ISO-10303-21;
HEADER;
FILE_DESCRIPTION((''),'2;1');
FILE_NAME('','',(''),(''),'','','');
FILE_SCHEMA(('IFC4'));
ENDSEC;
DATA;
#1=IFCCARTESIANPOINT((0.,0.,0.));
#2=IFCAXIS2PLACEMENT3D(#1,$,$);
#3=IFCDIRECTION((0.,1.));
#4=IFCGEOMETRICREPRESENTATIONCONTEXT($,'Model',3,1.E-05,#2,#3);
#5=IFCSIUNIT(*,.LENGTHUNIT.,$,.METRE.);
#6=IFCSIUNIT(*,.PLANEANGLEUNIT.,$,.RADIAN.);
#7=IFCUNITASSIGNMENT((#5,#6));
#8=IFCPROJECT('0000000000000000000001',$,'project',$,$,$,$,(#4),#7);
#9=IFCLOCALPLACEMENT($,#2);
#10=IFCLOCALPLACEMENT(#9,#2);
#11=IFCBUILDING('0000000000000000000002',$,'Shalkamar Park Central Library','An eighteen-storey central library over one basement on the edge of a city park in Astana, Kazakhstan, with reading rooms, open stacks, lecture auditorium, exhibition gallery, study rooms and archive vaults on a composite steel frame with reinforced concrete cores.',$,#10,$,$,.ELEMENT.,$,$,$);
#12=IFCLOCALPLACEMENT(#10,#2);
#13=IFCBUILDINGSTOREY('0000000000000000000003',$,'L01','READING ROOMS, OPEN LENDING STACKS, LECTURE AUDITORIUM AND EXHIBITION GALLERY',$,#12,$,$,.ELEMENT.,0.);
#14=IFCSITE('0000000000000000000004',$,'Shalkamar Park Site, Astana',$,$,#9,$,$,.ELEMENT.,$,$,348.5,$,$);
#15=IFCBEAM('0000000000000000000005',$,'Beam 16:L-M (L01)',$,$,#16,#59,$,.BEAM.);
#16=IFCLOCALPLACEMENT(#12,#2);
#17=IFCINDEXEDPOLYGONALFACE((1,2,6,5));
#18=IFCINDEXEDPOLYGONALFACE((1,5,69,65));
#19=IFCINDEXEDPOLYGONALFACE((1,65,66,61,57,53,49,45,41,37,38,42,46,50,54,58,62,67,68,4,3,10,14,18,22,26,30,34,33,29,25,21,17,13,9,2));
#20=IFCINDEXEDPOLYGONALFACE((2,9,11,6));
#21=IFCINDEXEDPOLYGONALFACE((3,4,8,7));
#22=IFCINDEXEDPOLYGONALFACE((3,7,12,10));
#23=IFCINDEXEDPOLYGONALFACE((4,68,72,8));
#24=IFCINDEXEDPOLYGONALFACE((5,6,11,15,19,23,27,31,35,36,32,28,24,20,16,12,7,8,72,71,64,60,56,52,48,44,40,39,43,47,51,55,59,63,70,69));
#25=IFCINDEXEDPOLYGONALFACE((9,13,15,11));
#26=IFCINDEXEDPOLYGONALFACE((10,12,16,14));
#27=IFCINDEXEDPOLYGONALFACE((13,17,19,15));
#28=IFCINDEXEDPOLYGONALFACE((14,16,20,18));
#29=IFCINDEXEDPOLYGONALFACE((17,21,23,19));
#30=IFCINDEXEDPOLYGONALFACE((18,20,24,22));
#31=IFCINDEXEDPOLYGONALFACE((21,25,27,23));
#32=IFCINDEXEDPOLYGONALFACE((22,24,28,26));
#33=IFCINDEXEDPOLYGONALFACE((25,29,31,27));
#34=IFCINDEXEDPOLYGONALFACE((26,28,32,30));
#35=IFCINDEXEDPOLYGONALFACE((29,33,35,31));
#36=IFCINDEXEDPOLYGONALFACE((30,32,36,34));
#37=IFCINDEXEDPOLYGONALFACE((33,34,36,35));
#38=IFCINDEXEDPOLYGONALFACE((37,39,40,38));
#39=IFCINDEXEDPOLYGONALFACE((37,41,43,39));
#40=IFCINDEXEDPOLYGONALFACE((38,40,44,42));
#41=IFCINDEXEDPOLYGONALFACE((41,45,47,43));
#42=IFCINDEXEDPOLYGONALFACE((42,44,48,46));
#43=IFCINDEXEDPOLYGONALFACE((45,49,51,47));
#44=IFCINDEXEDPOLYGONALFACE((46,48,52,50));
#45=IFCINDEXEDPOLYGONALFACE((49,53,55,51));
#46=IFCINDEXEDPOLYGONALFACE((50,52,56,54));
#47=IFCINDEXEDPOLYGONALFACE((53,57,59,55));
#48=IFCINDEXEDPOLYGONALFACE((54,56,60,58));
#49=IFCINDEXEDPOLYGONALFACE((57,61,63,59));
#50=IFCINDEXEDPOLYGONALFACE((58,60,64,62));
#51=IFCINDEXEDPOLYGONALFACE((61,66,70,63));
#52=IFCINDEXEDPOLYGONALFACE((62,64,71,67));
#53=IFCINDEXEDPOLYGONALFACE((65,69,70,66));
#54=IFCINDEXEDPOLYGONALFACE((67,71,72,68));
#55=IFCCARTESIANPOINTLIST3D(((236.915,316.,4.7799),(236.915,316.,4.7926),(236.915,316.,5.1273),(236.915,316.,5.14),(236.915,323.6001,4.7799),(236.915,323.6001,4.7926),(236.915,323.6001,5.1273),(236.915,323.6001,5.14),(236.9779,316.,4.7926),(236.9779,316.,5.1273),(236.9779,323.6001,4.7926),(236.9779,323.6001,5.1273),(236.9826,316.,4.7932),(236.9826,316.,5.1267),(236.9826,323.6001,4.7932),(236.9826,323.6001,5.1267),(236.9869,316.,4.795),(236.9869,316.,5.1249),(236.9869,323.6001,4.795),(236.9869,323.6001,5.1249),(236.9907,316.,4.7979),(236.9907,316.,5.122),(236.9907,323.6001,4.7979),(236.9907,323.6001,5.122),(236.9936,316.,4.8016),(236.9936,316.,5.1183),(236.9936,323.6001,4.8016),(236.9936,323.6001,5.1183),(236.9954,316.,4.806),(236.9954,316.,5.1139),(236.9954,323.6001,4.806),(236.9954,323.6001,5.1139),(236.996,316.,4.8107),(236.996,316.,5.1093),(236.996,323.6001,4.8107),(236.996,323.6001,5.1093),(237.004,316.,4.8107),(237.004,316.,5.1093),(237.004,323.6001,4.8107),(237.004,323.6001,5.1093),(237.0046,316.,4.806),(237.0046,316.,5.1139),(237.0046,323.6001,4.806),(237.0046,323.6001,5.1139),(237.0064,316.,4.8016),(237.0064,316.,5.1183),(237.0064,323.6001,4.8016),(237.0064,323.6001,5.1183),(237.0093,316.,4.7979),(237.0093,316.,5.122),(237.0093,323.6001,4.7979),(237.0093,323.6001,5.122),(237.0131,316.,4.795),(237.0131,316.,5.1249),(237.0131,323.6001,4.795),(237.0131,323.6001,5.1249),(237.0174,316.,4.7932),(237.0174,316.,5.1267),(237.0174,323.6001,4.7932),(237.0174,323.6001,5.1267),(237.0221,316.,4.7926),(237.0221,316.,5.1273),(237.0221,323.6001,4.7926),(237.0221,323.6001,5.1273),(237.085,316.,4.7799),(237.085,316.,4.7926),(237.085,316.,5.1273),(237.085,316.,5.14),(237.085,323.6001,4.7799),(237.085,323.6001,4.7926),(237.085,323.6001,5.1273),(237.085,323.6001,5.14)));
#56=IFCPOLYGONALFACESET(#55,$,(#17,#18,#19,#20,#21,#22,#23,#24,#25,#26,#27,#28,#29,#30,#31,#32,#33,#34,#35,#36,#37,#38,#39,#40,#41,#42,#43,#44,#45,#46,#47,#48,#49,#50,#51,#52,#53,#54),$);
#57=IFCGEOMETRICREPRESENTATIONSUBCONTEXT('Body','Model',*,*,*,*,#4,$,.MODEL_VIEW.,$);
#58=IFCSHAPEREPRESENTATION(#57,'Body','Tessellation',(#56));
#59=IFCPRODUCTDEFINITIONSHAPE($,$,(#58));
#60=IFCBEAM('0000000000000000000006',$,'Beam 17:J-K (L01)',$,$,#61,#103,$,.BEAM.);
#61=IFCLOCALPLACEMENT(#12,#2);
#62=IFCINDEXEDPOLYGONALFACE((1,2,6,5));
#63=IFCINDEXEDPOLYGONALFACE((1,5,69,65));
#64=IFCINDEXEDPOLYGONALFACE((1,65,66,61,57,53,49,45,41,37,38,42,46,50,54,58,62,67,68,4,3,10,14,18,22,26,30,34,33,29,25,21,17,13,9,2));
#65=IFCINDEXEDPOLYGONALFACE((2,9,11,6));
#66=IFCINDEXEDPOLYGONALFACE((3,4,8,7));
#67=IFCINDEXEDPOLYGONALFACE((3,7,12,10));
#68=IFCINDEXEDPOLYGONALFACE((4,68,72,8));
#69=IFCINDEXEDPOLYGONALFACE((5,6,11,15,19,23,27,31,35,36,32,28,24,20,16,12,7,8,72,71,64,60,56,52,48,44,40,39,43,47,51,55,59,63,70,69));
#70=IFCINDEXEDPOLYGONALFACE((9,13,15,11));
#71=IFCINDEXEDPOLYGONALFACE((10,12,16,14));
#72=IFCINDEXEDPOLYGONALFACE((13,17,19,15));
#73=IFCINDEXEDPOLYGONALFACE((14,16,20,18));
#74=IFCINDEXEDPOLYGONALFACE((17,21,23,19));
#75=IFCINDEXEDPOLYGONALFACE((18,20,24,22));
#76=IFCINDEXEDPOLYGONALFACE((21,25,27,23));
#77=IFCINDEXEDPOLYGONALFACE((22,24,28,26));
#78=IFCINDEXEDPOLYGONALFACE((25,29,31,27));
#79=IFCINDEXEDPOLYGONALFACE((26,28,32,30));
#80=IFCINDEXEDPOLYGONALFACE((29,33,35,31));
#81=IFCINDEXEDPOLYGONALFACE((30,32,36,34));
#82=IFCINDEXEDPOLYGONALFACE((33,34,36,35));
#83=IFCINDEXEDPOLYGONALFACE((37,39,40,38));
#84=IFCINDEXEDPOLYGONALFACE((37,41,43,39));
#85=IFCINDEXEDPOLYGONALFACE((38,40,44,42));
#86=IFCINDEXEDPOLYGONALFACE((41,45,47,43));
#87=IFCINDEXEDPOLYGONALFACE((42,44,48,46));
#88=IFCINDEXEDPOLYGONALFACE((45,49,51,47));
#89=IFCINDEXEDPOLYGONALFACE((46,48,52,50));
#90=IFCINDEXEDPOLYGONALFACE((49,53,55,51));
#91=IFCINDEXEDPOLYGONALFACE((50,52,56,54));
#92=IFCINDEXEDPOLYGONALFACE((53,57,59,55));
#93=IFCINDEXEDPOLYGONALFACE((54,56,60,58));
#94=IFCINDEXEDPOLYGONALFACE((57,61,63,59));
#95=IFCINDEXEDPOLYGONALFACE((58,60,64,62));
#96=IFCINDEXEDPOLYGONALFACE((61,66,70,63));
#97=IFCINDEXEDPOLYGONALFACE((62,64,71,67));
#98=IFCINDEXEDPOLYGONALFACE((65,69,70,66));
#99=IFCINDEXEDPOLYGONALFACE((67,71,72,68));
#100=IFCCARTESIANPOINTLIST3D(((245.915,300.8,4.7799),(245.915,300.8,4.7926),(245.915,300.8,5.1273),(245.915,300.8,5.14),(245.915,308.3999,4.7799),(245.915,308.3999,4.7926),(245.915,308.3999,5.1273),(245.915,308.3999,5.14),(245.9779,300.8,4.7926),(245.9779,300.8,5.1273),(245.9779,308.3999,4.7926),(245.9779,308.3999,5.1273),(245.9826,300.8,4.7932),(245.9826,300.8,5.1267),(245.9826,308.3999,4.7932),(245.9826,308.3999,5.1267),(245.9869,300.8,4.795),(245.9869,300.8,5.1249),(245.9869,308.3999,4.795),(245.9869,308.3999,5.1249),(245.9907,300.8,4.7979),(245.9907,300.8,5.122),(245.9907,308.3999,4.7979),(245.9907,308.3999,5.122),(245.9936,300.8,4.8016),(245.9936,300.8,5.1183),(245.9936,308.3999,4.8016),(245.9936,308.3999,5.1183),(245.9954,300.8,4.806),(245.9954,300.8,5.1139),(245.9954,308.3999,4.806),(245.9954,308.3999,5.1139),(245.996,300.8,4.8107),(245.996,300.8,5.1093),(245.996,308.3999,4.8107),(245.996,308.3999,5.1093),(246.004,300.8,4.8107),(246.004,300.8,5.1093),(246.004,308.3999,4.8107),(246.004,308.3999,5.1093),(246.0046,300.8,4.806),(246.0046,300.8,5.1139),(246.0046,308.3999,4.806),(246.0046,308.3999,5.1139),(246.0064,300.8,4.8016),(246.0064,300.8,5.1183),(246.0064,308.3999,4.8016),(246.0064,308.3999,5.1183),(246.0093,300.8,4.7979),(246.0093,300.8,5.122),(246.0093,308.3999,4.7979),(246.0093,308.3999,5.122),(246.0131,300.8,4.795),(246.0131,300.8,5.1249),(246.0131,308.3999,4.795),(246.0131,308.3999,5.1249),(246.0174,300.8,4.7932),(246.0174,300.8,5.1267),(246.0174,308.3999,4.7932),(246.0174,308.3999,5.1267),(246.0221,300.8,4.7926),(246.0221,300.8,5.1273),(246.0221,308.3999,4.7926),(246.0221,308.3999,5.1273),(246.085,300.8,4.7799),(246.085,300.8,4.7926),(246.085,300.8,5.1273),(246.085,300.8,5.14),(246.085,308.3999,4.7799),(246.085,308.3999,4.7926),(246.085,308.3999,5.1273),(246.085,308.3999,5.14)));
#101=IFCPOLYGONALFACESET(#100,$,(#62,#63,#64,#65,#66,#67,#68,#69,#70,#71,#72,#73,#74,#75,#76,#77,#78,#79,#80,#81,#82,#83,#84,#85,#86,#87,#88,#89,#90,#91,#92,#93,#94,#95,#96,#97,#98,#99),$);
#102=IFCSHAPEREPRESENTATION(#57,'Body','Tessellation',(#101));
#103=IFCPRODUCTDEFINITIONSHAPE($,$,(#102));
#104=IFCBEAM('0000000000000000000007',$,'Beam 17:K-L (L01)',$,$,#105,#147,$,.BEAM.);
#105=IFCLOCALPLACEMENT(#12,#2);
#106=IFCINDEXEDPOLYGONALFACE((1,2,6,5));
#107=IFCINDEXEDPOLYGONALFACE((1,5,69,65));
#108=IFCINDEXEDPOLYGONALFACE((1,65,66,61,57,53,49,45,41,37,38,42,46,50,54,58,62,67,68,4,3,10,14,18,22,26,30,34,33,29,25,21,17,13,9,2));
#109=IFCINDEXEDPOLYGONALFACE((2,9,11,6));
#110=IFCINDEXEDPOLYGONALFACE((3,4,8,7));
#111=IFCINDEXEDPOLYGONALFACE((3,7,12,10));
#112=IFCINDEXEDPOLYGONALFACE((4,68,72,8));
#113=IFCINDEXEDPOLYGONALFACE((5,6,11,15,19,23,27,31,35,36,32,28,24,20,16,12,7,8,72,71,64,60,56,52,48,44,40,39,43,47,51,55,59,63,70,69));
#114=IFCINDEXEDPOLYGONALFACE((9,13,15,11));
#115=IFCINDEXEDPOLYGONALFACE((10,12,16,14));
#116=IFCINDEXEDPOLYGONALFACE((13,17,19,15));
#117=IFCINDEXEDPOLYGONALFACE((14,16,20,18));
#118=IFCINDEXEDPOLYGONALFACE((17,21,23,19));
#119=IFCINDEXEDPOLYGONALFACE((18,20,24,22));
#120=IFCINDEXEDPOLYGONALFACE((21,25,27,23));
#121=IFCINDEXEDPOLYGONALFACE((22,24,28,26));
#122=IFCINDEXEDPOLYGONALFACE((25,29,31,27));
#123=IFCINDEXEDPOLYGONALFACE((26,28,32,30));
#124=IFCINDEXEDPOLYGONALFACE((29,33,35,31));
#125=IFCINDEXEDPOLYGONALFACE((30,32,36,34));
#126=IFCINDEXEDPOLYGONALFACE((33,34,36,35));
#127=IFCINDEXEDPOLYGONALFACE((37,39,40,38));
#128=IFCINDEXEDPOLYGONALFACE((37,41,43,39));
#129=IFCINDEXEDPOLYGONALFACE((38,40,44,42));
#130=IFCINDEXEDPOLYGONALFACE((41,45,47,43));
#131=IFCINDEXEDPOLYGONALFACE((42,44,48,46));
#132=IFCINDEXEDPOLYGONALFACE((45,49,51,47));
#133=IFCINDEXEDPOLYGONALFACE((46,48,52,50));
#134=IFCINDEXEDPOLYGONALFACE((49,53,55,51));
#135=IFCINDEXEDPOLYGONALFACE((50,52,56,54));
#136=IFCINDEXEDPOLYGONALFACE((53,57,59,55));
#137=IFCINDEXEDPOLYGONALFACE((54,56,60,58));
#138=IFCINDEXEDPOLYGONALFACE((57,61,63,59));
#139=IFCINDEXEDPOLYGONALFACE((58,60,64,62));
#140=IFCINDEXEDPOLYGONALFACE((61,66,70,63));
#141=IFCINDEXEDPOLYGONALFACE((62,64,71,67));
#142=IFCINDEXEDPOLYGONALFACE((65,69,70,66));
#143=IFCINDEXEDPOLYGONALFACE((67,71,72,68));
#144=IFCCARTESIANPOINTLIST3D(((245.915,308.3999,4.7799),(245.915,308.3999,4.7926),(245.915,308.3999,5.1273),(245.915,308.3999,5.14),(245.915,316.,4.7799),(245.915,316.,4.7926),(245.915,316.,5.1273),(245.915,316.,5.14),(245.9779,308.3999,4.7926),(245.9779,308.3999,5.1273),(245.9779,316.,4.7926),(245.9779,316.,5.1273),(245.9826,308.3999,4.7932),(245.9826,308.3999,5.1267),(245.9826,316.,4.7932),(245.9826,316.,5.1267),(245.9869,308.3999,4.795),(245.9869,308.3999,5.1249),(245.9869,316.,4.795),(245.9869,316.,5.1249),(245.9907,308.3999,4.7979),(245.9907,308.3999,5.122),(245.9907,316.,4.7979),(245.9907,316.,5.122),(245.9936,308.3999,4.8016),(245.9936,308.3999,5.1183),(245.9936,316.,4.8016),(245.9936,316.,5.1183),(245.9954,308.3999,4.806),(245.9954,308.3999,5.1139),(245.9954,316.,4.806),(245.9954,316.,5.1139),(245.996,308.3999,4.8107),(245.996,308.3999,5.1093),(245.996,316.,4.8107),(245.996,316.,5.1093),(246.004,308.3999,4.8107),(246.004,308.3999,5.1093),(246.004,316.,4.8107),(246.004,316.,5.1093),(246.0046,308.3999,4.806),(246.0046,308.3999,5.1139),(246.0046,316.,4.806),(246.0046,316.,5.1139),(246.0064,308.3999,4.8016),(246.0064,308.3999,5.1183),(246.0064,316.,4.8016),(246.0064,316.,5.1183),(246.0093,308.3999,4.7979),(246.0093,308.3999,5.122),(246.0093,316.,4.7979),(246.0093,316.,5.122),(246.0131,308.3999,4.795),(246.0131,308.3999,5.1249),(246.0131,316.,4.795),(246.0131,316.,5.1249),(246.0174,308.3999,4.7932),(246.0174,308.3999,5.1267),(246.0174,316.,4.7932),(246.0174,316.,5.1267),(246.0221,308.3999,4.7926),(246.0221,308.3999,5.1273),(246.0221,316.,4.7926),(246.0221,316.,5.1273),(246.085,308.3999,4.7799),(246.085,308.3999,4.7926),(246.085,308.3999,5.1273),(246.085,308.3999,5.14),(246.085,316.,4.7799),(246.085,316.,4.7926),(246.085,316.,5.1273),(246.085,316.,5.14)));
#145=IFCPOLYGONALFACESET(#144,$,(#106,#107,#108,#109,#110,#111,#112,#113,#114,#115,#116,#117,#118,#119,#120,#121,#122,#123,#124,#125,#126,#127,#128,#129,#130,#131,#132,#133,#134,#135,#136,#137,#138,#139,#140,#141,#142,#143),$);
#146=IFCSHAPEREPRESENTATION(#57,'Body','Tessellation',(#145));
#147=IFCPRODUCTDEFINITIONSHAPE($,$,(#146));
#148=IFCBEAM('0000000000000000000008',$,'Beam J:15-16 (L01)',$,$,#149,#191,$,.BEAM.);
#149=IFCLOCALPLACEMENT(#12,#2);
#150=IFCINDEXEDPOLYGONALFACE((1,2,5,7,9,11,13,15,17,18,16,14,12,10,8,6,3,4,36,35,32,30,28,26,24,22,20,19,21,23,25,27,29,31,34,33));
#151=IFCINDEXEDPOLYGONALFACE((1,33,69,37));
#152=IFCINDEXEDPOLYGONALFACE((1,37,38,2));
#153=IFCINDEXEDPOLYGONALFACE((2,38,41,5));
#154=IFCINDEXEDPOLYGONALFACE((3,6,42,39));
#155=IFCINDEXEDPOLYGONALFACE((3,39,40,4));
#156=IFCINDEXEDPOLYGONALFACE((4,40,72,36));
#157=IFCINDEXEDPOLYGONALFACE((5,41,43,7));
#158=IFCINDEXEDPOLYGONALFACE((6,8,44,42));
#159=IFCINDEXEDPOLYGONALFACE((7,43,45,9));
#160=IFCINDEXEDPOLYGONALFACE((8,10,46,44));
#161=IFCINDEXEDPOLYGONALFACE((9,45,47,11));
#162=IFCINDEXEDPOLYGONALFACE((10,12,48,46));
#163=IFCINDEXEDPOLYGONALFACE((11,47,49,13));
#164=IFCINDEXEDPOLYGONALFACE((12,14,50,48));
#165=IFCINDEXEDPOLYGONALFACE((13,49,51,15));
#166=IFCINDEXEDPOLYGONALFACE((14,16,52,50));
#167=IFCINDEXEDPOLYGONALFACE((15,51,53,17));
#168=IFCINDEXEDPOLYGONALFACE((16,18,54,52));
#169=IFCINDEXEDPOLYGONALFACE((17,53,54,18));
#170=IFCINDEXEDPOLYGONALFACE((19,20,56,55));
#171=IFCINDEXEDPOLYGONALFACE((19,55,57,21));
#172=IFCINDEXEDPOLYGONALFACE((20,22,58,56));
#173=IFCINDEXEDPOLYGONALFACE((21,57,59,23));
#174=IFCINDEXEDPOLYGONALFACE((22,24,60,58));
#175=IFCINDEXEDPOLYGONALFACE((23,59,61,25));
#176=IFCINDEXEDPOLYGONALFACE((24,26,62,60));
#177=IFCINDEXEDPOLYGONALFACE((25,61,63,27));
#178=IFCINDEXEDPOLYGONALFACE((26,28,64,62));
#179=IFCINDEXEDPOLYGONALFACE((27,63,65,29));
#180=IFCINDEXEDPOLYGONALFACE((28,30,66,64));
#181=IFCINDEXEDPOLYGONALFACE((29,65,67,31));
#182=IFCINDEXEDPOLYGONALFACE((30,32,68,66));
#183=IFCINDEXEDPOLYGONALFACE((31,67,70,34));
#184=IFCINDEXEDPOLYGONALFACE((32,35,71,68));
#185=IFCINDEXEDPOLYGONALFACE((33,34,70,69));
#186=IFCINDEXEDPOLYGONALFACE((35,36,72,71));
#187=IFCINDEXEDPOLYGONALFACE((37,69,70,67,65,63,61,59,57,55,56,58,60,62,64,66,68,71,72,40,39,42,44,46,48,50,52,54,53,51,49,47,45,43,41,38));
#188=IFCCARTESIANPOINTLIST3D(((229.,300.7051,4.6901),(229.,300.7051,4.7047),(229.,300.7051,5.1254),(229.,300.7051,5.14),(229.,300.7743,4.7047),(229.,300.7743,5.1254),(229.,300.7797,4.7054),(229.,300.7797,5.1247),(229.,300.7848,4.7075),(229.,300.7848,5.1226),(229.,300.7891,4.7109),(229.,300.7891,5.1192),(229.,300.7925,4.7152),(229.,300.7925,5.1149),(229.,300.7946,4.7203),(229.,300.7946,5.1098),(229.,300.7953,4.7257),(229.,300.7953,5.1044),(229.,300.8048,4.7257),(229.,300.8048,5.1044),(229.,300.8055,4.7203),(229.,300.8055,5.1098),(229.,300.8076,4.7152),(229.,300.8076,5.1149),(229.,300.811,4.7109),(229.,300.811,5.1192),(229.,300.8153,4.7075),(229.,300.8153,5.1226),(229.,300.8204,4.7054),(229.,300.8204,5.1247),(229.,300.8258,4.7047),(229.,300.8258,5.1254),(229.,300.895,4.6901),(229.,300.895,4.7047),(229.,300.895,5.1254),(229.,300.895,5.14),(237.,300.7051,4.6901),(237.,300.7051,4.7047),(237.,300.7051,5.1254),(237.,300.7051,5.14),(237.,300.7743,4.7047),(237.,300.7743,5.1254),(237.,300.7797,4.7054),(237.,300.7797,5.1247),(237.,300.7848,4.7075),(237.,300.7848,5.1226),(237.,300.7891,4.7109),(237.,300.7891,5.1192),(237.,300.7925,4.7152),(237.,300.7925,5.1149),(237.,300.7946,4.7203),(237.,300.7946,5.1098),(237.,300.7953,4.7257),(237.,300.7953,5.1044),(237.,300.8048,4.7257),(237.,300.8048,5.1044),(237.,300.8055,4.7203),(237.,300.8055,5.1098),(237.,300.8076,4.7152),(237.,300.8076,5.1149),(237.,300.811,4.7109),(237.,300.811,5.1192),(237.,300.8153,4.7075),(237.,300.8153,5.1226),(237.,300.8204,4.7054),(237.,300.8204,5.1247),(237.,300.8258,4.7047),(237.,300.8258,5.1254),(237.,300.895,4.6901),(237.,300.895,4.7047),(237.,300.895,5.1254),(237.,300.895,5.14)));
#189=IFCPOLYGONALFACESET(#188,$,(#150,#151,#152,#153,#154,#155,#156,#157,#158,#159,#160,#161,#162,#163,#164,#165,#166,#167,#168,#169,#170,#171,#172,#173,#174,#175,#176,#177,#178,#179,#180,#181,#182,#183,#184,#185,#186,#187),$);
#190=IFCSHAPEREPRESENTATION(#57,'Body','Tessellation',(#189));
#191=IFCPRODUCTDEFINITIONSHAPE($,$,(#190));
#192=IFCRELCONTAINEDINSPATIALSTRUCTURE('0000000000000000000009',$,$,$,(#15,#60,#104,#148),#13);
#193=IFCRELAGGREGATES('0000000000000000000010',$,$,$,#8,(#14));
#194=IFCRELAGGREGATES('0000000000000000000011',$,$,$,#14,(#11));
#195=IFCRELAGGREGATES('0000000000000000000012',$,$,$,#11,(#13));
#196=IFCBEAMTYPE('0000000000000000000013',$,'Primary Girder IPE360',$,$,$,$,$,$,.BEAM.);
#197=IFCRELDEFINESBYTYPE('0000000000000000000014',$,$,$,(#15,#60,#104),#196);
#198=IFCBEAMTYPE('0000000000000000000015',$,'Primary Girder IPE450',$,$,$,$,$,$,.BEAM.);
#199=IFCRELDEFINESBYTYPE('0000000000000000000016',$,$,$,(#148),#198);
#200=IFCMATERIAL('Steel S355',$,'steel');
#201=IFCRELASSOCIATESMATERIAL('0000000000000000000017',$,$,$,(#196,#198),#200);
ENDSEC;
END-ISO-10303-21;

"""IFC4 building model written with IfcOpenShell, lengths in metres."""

from ifc_helpers import new_model, si_unit, direction, frame, origin, origin_2d, place, context, subcontext, project, spatial, i_section, extrude, material, material_profile, profile_set, type_object, element, save


model = new_model("IFC4")

# Units and contexts
model_context = context("Model", 3, precision=1e-05, world=origin(), true_north=direction((0.0, 1.0)))
body_context = subcontext(model_context, "Body", "Model", "MODEL_VIEW")
ifc_project = project(units=[si_unit("LENGTHUNIT", "METRE"), si_unit("PLANEANGLEUNIT", "RADIAN")], contexts=[model_context])

# Site, building, storey
site_placement = place(None, origin())
site = spatial("IfcSite", under=ifc_project, at=site_placement, Name="Shalkamar Park Site, Astana", CompositionType="ELEMENT", RefElevation=348.5)
building_placement = place(site_placement, origin())
building = spatial("IfcBuilding", under=site, at=building_placement, Name="Shalkamar Park Central Library", Description="An eighteen-storey central library over one basement on the edge of a city park in Astana, Kazakhstan, with reading rooms, open stacks, lecture auditorium, exhibition gallery, study rooms and archive vaults on a composite steel frame with reinforced concrete cores.", CompositionType="ELEMENT")
storey_placement = place(building_placement, origin())
storey = spatial("IfcBuildingStorey", under=building, at=storey_placement, Name="L01", Description="READING ROOMS, OPEN LENDING STACKS, LECTURE AUDITORIUM AND EXHIBITION GALLERY", CompositionType="ELEMENT", Elevation=0.0)

# Shared definitions
ifc_material_1 = material(Name="Steel S355", Category="steel")

# Beams
ifc_material_profile_1 = material_profile(ifc_material_1, i_section(OverallWidth=0.1699, OverallDepth=0.3601, WebThickness=0.0081, FlangeThickness=0.0127, FilletRadius=0.0181, at=origin_2d()), Name="IPE 360")
ifc_profile_set_1 = profile_set([ifc_material_profile_1], Name="Steel S355")
beam_type_1 = type_object("IfcBeamType", Name="Primary Girder IPE360", PredefinedType="BEAM", material=ifc_profile_set_1)
for number, where, z_axis, x_axis, name in (
    (1, (237.0, 316.0, 4.96), (0.0, 1.0, 0.0), (-1.0, 0.0, 0.0), "Beam 16:L-M (L01)"),
):
    element("IfcBeam", number, at=place(storey_placement, frame(where, z_axis=z_axis, x_axis=x_axis)), inside=storey, type_object=beam_type_1, Name=name, PredefinedType="BEAM", context=body_context, shape_type="SweptSolid", body=[
        extrude(i_section(OverallWidth=0.1699, OverallDepth=0.3601, WebThickness=0.0081, FlangeThickness=0.0127, FilletRadius=0.0181, at=origin_2d()), origin(), (0.0, 0.0, 1.0), 7.6001),
    ])
beam_1_placement = place(storey_placement, frame((246.0, 300.8, 4.96), z_axis=(0.0, 1.0, 0.0), x_axis=(-1.0, 0.0, 0.0)))
element("IfcBeam", 2, at=beam_1_placement, inside=storey, type_object=beam_type_1, Name="Beam 17:J-K (L01)", PredefinedType="BEAM", context=body_context, shape_type="SweptSolid", body=[
    extrude(i_section(OverallWidth=0.1699, OverallDepth=0.3601, WebThickness=0.0081, FlangeThickness=0.0127, FilletRadius=0.0181, at=origin_2d()), origin(), (0.0, 0.0, 1.0), 7.5999),
])
beam_2_placement = place(storey_placement, frame((246.0, 308.3999, 4.96), z_axis=(0.0, 1.0, 0.0), x_axis=(-1.0, 0.0, 0.0)))
element("IfcBeam", 3, at=beam_2_placement, inside=storey, type_object=beam_type_1, Name="Beam 17:K-L (L01)", PredefinedType="BEAM", context=body_context, shape_type="SweptSolid", body=[
    extrude(i_section(OverallWidth=0.1699, OverallDepth=0.3601, WebThickness=0.0081, FlangeThickness=0.0127, FilletRadius=0.0181, at=origin_2d()), origin(), (0.0, 0.0, 1.0), 7.6001),
])
ifc_material_profile_2 = material_profile(ifc_material_1, i_section(OverallWidth=0.1899, OverallDepth=0.45, WebThickness=0.0095, FlangeThickness=0.0146, FilletRadius=0.021, at=origin_2d()), Name="IPE 450")
ifc_profile_set_2 = profile_set([ifc_material_profile_2], Name="Steel S355")
beam_type_2 = type_object("IfcBeamType", Name="Primary Girder IPE450", PredefinedType="BEAM", material=ifc_profile_set_2)
for number, where, z_axis, x_axis, name in (
    (4, (229.0, 300.8, 4.915), (1.0, 0.0, 0.0), (0.0, 1.0, 0.0), "Beam J:15-16 (L01)"),
):
    element("IfcBeam", number, at=place(storey_placement, frame(where, z_axis=z_axis, x_axis=x_axis)), inside=storey, type_object=beam_type_2, Name=name, PredefinedType="BEAM", context=body_context, shape_type="SweptSolid", body=[
        extrude(i_section(OverallWidth=0.1899, OverallDepth=0.45, WebThickness=0.0095, FlangeThickness=0.0146, FilletRadius=0.021, at=origin_2d()), origin(), (0.0, 0.0, 1.0), 8.0),
    ])

save(model, "model.ifc")
